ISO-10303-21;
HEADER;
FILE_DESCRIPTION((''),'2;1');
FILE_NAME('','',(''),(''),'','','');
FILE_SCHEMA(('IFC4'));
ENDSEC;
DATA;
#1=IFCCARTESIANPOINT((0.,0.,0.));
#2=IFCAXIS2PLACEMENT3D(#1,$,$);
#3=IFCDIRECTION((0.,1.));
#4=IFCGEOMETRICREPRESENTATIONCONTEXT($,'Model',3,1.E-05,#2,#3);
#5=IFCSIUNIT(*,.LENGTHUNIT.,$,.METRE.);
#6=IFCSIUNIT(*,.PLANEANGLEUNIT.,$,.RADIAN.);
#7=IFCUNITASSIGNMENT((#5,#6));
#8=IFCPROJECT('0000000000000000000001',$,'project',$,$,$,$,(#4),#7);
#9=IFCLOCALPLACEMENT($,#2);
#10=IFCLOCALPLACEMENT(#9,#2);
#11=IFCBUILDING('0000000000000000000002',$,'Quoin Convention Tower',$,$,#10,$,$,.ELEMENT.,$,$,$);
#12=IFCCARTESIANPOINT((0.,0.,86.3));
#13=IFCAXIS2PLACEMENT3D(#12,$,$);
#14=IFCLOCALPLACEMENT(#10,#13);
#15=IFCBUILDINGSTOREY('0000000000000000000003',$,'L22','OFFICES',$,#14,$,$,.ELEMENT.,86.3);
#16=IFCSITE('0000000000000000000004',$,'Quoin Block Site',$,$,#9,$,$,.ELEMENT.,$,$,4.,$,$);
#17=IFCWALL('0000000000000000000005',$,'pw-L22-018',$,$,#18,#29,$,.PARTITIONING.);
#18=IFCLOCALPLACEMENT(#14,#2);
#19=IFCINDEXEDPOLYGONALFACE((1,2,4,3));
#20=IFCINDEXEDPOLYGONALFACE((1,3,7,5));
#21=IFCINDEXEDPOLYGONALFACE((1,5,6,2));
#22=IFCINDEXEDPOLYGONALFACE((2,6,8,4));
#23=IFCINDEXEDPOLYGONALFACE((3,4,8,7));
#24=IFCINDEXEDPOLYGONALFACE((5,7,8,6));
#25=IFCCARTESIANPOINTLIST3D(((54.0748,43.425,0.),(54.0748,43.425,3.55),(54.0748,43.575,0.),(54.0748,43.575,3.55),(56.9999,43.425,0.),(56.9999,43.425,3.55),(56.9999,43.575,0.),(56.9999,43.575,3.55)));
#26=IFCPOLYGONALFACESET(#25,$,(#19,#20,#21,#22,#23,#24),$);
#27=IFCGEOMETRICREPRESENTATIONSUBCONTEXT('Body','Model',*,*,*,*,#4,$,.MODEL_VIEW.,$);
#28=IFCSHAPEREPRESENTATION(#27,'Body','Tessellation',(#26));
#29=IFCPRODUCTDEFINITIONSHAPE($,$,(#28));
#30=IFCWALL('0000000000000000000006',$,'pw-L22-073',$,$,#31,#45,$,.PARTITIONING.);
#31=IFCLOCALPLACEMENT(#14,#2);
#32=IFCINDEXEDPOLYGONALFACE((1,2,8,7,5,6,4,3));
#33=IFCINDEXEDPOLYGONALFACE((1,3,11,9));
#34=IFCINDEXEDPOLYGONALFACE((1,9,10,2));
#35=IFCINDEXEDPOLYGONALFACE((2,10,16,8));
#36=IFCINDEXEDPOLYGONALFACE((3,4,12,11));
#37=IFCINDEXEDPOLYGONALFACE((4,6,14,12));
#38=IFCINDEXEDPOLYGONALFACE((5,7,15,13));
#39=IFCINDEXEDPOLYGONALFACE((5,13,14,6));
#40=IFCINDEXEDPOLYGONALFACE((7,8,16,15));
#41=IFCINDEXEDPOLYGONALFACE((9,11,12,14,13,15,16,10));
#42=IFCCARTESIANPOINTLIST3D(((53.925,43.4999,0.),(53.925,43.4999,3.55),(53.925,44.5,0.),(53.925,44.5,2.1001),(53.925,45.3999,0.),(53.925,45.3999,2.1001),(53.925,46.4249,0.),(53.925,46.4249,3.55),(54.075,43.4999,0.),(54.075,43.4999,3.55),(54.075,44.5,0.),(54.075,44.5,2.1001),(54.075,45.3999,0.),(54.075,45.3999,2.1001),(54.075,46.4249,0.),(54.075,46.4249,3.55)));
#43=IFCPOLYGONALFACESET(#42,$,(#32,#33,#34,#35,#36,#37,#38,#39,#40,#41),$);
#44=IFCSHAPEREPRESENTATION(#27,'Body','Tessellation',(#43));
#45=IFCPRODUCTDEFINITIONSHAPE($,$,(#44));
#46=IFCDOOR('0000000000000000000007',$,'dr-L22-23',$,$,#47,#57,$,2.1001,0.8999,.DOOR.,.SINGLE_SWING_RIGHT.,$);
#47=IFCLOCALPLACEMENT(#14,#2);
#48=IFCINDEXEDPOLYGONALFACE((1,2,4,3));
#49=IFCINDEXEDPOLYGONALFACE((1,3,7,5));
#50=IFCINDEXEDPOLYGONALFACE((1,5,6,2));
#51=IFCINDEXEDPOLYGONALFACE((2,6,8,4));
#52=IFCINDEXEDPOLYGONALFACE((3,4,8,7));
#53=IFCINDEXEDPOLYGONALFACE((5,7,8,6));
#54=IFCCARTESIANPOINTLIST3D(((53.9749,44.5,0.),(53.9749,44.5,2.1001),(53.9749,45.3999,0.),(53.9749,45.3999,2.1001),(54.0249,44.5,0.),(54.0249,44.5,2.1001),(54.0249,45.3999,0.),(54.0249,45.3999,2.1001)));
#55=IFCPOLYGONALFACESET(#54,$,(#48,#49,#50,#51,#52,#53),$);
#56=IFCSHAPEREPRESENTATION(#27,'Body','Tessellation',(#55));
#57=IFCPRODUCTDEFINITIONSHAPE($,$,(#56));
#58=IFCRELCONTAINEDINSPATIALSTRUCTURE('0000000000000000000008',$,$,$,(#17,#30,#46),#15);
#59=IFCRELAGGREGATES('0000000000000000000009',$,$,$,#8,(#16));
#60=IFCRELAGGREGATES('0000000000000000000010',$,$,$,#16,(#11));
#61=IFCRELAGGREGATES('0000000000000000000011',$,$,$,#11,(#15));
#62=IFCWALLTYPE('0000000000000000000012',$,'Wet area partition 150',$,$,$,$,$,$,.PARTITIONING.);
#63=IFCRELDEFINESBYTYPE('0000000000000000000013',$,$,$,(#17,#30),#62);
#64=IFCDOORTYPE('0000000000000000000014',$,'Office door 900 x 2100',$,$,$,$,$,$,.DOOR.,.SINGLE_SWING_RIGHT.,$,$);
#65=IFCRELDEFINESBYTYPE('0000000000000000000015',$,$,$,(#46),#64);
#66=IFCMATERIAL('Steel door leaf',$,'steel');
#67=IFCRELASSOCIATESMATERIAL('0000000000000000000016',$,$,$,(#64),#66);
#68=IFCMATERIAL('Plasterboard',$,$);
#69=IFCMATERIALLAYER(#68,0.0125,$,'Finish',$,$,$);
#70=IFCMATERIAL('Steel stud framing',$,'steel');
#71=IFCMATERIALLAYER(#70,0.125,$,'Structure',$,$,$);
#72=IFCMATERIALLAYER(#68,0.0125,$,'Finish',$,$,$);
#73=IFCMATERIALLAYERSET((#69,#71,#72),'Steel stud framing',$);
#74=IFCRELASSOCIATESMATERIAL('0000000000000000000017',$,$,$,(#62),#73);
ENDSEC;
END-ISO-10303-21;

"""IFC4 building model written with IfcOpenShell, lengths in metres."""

from ifc_helpers import new_model, si_unit, direction, frame, frame_2d, origin, place, context, subcontext, project, spatial, rectangle, extrude, material, layer, layer_set, type_object, element, fill, save


model = new_model("IFC4")

# Units and contexts
model_context = context("Model", 3, precision=1e-05, world=origin(), true_north=direction((0.0, 1.0)))
body_context = subcontext(model_context, "Body", "Model", "MODEL_VIEW")
ifc_project = project(units=[si_unit("LENGTHUNIT", "METRE"), si_unit("PLANEANGLEUNIT", "RADIAN")], contexts=[model_context])

# Site, building, storey
site_placement = place(None, origin())
site = spatial("IfcSite", under=ifc_project, at=site_placement, Name="Quoin Block Site", CompositionType="ELEMENT", RefElevation=4.0)
building_placement = place(site_placement, origin())
building = spatial("IfcBuilding", under=site, at=building_placement, Name="Quoin Convention Tower", CompositionType="ELEMENT")
storey_placement = place(building_placement, frame((0.0, 0.0, 86.3)))
storey = spatial("IfcBuildingStorey", under=building, at=storey_placement, Name="L22", Description="OFFICES", CompositionType="ELEMENT", Elevation=86.3)

# Shared definitions
ifc_material_1 = material(Name="Plasterboard")
ifc_material_2 = material(Name="Steel stud framing", Category="steel")
ifc_material_3 = material(Name="Steel door leaf", Category="steel")
door_type_1 = type_object("IfcDoorType", Name="Office door 900 x 2100", OperationType="SINGLE_SWING_RIGHT", PredefinedType="DOOR", material=ifc_material_3)

# Wall
ifc_layer_1 = layer(ifc_material_1, 0.0125, Name="Finish")
ifc_layer_2 = layer(ifc_material_2, 0.125, Name="Structure")
ifc_layer_3 = layer(ifc_material_1, 0.0125, Name="Finish")
ifc_layer_set_1 = layer_set([ifc_layer_1, ifc_layer_2, ifc_layer_3], Name="Steel stud framing")
wall_type_1 = type_object("IfcWallType", Name="Wet area partition 150", PredefinedType="PARTITIONING", material=ifc_layer_set_1)
wall_1_placement = place(storey_placement, frame((54.075, 43.5, 0.0), z_axis=(0.0, 0.0, 1.0), x_axis=(1.0, 0.0, 0.0)))
element("IfcWall", 1, at=wall_1_placement, inside=storey, type_object=wall_type_1, Name="pw-L22-018", PredefinedType="PARTITIONING", context=body_context, shape_type="SweptSolid", body=[
    extrude(rectangle(XDim=2.925, YDim=0.1499, at=frame_2d((1.4624, 0.0))), origin(), (0.0, 0.0, 1.0), 3.55),
])

# Wall, opening, door
wall_2_placement = place(storey_placement, frame((54.0, 43.5, 0.0), z_axis=(0.0, 0.0, 1.0), x_axis=(0.0, 1.0, 0.0)))
wall_2 = element("IfcWall", 2, at=wall_2_placement, inside=storey, type_object=wall_type_1, Name="pw-L22-073", PredefinedType="PARTITIONING", context=body_context, shape_type="SweptSolid", body=[
    extrude(rectangle(XDim=2.925, YDim=0.1499, at=frame_2d((1.4624, 0.0))), origin(), (0.0, 0.0, 1.0), 3.55),
])
opening_1_placement = place(wall_2_placement, frame((1.0, 0.0, 0.0)))
opening_1 = element("IfcOpeningElement", 3, at=opening_1_placement, cuts=wall_2, PredefinedType="OPENING", context=body_context, shape_type="SweptSolid", body=[
    extrude(rectangle(XDim=0.8999, YDim=2.1001, at=frame_2d((0.45, 1.05))), frame((0.0, 0.085, 0.0), z_axis=(0.0, -1.0, 0.0), x_axis=(1.0, 0.0, 0.0)), (0.0, 0.0, 1.0), 0.1699),
])
door_1_placement = place(opening_1_placement, frame((0.8999, 0.0, 0.0), z_axis=(0.0, 0.0, 1.0), x_axis=(-1.0, 0.0, 0.0)))
door_1 = element("IfcDoor", 4, at=door_1_placement, inside=storey, type_object=door_type_1, Name="dr-L22-23", OperationType="SINGLE_SWING_RIGHT", OverallHeight=2.1001, OverallWidth=0.8999, PredefinedType="DOOR", context=body_context, shape_type="SweptSolid", body=[
    extrude(rectangle(XDim=0.8999, YDim=2.1001, at=frame_2d((0.45, 1.05))), frame((0.0, 0.0249, 0.0), z_axis=(0.0, -1.0, 0.0), x_axis=(1.0, 0.0, 0.0)), (0.0, 0.0, 1.0), 0.05),
])
fill(opening_1, door_1)

save(model, "model.ifc")
